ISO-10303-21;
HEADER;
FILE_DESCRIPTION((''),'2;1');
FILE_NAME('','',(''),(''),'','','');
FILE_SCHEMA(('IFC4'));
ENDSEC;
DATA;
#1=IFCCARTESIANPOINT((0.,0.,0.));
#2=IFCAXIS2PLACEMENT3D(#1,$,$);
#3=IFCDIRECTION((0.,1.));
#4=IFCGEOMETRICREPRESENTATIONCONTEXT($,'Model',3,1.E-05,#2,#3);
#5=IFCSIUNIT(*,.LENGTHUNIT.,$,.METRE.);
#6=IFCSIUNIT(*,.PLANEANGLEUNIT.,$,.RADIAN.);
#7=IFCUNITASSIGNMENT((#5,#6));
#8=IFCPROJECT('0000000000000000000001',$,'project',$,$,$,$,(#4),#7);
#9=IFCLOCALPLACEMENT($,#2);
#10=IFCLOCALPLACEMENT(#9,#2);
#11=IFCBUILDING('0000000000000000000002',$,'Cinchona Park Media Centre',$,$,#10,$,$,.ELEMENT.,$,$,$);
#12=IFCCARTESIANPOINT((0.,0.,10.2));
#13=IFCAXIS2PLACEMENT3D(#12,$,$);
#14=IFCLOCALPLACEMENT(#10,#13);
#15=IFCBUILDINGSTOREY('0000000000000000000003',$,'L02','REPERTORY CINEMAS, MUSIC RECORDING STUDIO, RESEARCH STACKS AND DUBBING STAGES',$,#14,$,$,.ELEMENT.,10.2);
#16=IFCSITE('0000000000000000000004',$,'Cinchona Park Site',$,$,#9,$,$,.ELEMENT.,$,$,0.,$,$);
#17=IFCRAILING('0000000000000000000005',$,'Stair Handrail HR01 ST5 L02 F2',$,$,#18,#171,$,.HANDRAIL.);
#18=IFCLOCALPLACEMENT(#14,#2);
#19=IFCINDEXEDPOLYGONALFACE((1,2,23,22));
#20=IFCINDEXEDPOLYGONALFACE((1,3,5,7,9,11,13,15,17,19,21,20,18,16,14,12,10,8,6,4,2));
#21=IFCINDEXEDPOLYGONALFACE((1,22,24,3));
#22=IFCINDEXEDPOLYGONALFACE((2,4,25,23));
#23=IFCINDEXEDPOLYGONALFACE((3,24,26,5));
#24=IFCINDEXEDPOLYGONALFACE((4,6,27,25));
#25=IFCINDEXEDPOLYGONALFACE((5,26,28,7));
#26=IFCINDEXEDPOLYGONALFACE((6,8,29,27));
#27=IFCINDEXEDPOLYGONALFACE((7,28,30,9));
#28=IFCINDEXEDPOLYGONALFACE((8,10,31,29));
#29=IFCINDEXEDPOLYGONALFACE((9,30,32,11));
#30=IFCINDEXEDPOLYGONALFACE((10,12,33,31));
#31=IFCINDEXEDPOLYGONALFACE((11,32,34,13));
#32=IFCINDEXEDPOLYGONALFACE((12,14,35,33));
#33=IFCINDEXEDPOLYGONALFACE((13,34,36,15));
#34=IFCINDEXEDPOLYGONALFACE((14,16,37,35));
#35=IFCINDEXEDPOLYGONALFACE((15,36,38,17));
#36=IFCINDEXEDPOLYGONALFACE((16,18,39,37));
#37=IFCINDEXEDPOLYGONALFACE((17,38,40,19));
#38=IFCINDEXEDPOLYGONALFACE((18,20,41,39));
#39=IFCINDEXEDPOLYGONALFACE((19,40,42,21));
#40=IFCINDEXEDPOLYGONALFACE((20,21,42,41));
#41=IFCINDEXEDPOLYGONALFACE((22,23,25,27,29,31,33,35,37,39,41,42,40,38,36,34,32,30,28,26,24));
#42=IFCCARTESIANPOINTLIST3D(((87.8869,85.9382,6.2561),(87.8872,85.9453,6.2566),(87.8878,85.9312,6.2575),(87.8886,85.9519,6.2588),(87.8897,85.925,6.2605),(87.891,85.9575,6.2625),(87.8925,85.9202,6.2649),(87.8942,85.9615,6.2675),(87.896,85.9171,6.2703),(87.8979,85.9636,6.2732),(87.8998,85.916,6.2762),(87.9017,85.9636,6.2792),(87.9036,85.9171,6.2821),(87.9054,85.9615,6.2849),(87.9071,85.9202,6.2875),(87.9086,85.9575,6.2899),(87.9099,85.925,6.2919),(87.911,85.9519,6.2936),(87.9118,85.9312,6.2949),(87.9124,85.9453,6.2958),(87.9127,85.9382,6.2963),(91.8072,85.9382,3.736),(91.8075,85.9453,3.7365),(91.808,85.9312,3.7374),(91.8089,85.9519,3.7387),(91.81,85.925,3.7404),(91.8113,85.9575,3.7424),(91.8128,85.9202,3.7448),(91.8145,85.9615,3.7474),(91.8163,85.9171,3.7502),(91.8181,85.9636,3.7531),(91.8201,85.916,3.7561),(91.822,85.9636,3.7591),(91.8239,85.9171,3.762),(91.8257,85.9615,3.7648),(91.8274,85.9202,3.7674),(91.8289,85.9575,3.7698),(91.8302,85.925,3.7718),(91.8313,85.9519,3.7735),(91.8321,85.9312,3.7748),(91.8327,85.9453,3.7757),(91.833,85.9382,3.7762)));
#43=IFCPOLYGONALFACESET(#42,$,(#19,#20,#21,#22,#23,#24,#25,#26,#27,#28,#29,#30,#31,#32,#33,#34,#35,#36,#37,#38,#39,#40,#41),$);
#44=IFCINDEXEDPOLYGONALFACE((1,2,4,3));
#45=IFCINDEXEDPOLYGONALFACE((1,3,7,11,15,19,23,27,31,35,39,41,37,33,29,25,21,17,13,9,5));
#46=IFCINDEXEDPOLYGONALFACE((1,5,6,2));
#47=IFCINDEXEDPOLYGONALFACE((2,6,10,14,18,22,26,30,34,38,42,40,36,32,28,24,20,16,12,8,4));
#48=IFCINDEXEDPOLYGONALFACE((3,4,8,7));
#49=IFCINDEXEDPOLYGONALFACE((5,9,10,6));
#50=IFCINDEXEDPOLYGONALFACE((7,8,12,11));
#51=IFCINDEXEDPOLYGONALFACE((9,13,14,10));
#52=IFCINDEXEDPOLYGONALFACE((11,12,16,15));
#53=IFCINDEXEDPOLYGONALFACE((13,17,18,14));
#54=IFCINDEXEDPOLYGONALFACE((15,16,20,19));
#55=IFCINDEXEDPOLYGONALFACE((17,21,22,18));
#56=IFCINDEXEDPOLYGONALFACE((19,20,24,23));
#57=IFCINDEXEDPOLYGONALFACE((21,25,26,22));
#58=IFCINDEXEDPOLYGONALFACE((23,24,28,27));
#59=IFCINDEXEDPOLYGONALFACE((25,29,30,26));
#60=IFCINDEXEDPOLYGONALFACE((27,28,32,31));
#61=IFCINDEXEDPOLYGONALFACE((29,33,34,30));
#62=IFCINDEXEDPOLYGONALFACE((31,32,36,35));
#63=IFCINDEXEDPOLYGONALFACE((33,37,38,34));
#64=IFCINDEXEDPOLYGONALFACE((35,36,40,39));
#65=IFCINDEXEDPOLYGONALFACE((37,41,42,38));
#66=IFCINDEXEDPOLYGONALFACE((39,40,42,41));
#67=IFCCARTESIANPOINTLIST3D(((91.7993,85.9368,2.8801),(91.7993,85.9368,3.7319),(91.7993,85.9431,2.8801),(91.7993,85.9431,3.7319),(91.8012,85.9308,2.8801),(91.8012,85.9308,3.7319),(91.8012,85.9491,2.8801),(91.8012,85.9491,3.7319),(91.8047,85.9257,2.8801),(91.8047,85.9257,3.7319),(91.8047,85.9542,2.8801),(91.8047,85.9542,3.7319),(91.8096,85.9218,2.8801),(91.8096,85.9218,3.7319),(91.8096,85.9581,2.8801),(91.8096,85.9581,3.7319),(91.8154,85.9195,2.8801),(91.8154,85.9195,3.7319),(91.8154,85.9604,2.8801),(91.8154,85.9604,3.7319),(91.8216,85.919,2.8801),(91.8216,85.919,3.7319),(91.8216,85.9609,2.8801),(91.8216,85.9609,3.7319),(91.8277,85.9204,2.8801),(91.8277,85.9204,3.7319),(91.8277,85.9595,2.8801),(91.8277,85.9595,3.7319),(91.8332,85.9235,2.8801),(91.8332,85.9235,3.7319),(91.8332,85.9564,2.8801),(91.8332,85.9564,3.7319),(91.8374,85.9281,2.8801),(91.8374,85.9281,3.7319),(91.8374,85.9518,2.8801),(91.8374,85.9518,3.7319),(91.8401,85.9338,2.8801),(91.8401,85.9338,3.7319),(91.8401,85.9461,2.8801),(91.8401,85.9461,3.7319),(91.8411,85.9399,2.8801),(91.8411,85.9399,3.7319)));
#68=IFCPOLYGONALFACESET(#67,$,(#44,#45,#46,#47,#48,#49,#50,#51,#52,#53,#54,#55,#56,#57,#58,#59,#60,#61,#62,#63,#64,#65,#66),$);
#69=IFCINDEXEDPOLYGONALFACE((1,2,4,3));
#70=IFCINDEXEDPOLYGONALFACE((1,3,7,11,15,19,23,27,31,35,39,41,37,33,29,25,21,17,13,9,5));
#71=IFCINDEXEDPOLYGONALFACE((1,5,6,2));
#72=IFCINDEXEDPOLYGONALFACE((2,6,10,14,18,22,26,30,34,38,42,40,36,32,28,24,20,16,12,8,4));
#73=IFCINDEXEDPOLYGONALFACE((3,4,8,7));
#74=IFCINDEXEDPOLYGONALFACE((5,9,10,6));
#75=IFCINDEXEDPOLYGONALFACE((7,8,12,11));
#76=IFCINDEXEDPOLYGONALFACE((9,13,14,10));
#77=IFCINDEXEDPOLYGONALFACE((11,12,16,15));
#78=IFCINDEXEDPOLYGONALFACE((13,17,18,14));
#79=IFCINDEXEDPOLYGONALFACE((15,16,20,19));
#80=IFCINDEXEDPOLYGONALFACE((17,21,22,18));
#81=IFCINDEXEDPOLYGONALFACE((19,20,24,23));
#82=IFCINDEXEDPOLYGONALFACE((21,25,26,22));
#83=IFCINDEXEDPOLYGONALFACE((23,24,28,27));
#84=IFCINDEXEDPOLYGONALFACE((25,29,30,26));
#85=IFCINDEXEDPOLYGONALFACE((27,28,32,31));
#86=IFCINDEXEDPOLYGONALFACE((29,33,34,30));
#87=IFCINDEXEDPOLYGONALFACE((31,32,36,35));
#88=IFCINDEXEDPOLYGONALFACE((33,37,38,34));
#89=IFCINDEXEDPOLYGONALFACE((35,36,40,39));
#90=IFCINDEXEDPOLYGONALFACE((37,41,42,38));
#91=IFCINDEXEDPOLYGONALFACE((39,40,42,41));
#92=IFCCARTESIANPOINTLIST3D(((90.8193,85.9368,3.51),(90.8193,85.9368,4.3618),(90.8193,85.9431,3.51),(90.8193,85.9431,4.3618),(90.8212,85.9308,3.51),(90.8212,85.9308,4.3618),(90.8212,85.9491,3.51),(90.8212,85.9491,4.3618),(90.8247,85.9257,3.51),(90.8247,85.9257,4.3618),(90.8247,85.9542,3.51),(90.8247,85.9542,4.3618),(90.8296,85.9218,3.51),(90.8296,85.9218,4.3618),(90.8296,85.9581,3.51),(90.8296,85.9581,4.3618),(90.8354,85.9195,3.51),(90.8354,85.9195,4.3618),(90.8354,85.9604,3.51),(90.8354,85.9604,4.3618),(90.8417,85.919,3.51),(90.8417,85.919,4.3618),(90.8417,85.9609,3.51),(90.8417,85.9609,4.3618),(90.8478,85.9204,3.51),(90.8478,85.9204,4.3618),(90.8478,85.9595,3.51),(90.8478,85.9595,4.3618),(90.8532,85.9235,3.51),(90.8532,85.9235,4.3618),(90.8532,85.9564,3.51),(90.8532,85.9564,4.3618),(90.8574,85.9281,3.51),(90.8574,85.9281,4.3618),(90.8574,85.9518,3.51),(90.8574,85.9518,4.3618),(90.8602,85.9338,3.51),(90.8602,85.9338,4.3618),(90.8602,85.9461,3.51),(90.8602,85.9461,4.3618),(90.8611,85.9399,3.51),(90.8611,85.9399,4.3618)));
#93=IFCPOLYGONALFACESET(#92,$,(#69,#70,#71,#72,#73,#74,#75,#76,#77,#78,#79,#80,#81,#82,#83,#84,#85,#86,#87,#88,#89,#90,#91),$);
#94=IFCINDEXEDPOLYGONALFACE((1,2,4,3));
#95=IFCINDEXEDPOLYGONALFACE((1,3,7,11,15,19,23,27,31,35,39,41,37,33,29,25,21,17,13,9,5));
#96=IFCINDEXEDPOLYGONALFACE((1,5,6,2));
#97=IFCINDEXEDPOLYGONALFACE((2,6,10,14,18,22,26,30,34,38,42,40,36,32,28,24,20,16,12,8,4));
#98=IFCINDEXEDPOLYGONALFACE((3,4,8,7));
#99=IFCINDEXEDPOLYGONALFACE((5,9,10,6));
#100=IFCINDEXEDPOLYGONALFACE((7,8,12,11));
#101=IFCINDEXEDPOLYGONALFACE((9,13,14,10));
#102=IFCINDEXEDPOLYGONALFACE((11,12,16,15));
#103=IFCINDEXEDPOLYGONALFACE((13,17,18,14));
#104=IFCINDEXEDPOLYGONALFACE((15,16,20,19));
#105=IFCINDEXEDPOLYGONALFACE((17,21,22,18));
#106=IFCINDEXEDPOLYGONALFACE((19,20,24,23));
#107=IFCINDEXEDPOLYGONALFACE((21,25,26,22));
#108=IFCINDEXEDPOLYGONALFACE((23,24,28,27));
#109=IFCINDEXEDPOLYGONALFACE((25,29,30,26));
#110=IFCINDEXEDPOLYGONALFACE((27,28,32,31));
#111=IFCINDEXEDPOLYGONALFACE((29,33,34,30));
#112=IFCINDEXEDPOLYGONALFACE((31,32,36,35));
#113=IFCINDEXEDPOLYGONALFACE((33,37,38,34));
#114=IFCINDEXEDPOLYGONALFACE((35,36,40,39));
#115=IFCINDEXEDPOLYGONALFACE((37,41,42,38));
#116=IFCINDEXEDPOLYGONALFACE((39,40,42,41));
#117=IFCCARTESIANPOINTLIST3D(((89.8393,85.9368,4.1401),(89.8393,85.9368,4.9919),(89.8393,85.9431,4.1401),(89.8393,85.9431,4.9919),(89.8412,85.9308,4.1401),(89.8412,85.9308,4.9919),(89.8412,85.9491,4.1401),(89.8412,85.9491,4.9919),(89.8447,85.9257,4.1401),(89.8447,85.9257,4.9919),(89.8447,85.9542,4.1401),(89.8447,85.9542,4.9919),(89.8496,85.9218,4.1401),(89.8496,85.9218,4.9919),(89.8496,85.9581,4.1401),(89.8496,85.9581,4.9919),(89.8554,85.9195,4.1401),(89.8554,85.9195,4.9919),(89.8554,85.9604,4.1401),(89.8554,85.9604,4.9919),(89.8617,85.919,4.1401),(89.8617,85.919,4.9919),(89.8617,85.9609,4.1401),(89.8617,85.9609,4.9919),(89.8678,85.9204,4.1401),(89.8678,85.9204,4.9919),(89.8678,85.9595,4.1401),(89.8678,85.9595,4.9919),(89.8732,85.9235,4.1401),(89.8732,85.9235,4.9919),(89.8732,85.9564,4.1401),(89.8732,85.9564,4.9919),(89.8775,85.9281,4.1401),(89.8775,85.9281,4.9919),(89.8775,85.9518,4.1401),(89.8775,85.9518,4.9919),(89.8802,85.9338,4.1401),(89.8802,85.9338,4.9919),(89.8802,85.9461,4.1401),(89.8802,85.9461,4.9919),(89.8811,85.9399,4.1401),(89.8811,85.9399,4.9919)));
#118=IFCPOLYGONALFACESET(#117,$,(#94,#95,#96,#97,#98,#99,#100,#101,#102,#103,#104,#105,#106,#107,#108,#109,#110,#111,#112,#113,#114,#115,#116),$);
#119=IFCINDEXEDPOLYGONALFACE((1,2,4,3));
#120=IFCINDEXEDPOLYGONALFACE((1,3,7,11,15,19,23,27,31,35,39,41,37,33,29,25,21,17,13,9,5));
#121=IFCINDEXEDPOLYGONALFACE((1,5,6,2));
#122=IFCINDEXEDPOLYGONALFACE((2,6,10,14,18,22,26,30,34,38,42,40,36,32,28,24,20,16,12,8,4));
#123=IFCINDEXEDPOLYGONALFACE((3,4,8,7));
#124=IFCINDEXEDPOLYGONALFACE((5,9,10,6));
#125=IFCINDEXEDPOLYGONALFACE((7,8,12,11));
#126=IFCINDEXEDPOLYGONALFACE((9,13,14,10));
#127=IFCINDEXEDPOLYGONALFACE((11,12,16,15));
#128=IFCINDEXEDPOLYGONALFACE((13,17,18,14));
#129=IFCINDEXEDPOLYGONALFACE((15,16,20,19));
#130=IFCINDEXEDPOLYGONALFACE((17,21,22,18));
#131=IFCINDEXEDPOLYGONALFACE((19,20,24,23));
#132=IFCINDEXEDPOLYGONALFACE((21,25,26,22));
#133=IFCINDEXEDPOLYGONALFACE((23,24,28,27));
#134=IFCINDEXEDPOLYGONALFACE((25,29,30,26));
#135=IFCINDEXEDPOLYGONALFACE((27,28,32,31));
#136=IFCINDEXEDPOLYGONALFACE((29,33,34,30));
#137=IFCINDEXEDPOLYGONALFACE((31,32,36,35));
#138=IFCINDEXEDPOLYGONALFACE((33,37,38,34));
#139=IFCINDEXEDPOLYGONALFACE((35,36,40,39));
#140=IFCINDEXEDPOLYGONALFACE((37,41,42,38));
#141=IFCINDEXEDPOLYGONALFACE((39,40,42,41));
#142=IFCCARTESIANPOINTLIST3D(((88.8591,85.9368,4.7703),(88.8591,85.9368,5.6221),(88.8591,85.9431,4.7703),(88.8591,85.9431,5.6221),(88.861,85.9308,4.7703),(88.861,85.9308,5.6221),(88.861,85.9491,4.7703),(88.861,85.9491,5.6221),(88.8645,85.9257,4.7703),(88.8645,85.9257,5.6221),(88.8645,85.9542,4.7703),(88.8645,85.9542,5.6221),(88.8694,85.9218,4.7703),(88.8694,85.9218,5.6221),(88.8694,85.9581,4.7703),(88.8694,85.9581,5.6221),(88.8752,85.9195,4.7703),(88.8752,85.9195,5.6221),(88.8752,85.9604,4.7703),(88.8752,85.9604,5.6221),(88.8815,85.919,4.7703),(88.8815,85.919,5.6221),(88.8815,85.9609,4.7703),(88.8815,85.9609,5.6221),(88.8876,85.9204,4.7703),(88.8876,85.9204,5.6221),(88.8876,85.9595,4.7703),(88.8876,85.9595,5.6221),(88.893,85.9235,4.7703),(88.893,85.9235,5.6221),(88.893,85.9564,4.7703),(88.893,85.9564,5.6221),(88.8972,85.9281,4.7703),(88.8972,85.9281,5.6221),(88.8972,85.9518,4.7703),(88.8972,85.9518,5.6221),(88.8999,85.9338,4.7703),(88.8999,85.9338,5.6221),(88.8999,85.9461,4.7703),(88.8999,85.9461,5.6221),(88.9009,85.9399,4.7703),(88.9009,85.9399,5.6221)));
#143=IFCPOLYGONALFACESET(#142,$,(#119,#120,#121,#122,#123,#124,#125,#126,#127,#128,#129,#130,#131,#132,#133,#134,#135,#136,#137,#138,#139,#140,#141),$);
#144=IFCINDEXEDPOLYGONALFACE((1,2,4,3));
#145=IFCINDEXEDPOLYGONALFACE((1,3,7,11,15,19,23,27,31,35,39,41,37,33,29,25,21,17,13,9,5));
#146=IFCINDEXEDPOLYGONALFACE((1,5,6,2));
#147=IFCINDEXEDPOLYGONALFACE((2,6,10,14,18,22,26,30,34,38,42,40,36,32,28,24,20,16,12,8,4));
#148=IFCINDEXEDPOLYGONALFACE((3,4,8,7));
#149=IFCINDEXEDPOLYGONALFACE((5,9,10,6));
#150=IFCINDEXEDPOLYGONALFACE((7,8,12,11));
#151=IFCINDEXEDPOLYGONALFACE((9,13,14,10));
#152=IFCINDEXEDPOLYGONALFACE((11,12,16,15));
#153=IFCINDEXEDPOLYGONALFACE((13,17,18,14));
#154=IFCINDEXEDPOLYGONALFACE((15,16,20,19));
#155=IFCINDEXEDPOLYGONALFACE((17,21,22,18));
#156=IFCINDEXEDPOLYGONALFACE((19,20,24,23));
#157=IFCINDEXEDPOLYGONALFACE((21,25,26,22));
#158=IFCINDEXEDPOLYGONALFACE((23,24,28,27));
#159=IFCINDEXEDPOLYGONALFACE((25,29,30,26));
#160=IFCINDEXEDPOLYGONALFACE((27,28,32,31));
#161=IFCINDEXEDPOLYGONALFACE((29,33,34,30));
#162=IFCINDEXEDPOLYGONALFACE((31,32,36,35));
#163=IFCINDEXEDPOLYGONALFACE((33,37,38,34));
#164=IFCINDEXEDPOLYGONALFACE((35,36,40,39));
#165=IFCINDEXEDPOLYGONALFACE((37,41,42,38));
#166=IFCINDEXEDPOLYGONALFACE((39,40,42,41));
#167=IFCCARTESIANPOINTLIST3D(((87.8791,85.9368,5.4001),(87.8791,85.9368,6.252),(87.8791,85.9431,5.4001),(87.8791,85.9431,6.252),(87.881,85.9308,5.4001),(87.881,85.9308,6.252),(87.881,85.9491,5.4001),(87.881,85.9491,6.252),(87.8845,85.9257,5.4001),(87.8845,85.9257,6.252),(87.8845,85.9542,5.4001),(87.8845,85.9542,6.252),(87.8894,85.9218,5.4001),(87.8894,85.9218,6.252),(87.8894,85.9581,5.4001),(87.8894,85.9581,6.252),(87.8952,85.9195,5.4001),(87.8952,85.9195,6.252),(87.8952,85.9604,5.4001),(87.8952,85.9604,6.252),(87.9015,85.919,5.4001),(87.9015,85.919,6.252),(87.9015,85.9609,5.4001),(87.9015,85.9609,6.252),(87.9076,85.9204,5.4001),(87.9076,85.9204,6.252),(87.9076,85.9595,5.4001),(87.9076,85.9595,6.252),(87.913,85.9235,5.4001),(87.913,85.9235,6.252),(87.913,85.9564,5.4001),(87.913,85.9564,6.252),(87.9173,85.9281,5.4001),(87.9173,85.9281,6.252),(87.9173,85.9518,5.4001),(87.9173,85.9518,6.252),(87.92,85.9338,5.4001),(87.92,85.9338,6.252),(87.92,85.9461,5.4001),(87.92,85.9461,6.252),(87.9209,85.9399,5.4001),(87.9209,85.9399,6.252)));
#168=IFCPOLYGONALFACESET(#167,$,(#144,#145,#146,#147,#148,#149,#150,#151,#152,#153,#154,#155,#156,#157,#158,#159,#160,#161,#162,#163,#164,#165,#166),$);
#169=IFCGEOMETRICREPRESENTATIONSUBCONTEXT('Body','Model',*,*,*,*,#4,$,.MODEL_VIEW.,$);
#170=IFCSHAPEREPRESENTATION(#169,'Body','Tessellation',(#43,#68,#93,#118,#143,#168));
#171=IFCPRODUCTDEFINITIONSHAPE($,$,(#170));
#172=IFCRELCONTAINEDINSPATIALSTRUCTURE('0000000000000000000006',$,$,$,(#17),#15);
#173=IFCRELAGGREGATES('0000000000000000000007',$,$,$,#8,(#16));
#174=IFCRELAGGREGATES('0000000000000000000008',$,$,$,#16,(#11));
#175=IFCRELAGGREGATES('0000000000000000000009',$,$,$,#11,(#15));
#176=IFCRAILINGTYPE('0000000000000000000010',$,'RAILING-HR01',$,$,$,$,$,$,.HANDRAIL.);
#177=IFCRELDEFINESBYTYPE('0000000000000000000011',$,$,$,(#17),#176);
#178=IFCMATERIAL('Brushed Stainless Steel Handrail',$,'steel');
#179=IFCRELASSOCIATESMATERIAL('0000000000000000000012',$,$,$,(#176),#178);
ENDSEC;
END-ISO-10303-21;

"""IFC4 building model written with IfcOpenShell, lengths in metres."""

from ifc_helpers import new_model, si_unit, direction, frame, origin, origin_2d, place, context, subcontext, project, spatial, circle, extrude, material, type_object, element, save


model = new_model("IFC4")

# Units and contexts
model_context = context("Model", 3, precision=1e-05, world=origin(), true_north=direction((0.0, 1.0)))
body_context = subcontext(model_context, "Body", "Model", "MODEL_VIEW")
ifc_project = project(units=[si_unit("LENGTHUNIT", "METRE"), si_unit("PLANEANGLEUNIT", "RADIAN")], contexts=[model_context])

# Site, building, storey
site_placement = place(None, origin())
site = spatial("IfcSite", under=ifc_project, at=site_placement, Name="Cinchona Park Site", CompositionType="ELEMENT", RefElevation=0.0)
building_placement = place(site_placement, origin())
building = spatial("IfcBuilding", under=site, at=building_placement, Name="Cinchona Park Media Centre", CompositionType="ELEMENT")
storey_placement = place(building_placement, frame((0.0, 0.0, 10.2)))
storey = spatial("IfcBuildingStorey", under=building, at=storey_placement, Name="L02", Description="REPERTORY CINEMAS, MUSIC RECORDING STUDIO, RESEARCH STACKS AND DUBBING STAGES", CompositionType="ELEMENT", Elevation=10.2)

# Railing
ifc_material_1 = material(Name="Brushed Stainless Steel Handrail", Category="steel")
railing_type_1 = type_object("IfcRailingType", Name="RAILING-HR01", PredefinedType="HANDRAIL", material=ifc_material_1)
railing_1_placement = place(storey_placement, frame((91.8201, 85.9399, 2.8801)))
element("IfcRailing", 1, at=railing_1_placement, inside=storey, type_object=railing_type_1, Name="Stair Handrail HR01 ST5 L02 F2", PredefinedType="HANDRAIL", context=body_context, shape_type="SweptSolid", body=[
    extrude(circle(Radius=0.0239, at=origin_2d()), frame((0.0, 0.0, 0.876), z_axis=(-0.841187, 0.0, 0.540744), x_axis=(0.0, -1.0, 0.0)), (0.0, 0.0, 1.0), 4.6604),
    extrude(circle(Radius=0.021, at=origin_2d()), origin(), (0.0, 0.0, 1.0), 0.8518),
    extrude(circle(Radius=0.021, at=origin_2d()), frame((-0.98, 0.0, 0.6299)), (0.0, 0.0, 1.0), 0.8518),
    extrude(circle(Radius=0.021, at=origin_2d()), frame((-1.96, 0.0, 1.26)), (0.0, 0.0, 1.0), 0.8518),
    extrude(circle(Radius=0.021, at=origin_2d()), frame((-2.9402, 0.0, 1.8901)), (0.0, 0.0, 1.0), 0.8518),
    extrude(circle(Radius=0.021, at=origin_2d()), frame((-3.9202, 0.0, 2.52)), (0.0, 0.0, 1.0), 0.8518),
])

save(model, "model.ifc")
